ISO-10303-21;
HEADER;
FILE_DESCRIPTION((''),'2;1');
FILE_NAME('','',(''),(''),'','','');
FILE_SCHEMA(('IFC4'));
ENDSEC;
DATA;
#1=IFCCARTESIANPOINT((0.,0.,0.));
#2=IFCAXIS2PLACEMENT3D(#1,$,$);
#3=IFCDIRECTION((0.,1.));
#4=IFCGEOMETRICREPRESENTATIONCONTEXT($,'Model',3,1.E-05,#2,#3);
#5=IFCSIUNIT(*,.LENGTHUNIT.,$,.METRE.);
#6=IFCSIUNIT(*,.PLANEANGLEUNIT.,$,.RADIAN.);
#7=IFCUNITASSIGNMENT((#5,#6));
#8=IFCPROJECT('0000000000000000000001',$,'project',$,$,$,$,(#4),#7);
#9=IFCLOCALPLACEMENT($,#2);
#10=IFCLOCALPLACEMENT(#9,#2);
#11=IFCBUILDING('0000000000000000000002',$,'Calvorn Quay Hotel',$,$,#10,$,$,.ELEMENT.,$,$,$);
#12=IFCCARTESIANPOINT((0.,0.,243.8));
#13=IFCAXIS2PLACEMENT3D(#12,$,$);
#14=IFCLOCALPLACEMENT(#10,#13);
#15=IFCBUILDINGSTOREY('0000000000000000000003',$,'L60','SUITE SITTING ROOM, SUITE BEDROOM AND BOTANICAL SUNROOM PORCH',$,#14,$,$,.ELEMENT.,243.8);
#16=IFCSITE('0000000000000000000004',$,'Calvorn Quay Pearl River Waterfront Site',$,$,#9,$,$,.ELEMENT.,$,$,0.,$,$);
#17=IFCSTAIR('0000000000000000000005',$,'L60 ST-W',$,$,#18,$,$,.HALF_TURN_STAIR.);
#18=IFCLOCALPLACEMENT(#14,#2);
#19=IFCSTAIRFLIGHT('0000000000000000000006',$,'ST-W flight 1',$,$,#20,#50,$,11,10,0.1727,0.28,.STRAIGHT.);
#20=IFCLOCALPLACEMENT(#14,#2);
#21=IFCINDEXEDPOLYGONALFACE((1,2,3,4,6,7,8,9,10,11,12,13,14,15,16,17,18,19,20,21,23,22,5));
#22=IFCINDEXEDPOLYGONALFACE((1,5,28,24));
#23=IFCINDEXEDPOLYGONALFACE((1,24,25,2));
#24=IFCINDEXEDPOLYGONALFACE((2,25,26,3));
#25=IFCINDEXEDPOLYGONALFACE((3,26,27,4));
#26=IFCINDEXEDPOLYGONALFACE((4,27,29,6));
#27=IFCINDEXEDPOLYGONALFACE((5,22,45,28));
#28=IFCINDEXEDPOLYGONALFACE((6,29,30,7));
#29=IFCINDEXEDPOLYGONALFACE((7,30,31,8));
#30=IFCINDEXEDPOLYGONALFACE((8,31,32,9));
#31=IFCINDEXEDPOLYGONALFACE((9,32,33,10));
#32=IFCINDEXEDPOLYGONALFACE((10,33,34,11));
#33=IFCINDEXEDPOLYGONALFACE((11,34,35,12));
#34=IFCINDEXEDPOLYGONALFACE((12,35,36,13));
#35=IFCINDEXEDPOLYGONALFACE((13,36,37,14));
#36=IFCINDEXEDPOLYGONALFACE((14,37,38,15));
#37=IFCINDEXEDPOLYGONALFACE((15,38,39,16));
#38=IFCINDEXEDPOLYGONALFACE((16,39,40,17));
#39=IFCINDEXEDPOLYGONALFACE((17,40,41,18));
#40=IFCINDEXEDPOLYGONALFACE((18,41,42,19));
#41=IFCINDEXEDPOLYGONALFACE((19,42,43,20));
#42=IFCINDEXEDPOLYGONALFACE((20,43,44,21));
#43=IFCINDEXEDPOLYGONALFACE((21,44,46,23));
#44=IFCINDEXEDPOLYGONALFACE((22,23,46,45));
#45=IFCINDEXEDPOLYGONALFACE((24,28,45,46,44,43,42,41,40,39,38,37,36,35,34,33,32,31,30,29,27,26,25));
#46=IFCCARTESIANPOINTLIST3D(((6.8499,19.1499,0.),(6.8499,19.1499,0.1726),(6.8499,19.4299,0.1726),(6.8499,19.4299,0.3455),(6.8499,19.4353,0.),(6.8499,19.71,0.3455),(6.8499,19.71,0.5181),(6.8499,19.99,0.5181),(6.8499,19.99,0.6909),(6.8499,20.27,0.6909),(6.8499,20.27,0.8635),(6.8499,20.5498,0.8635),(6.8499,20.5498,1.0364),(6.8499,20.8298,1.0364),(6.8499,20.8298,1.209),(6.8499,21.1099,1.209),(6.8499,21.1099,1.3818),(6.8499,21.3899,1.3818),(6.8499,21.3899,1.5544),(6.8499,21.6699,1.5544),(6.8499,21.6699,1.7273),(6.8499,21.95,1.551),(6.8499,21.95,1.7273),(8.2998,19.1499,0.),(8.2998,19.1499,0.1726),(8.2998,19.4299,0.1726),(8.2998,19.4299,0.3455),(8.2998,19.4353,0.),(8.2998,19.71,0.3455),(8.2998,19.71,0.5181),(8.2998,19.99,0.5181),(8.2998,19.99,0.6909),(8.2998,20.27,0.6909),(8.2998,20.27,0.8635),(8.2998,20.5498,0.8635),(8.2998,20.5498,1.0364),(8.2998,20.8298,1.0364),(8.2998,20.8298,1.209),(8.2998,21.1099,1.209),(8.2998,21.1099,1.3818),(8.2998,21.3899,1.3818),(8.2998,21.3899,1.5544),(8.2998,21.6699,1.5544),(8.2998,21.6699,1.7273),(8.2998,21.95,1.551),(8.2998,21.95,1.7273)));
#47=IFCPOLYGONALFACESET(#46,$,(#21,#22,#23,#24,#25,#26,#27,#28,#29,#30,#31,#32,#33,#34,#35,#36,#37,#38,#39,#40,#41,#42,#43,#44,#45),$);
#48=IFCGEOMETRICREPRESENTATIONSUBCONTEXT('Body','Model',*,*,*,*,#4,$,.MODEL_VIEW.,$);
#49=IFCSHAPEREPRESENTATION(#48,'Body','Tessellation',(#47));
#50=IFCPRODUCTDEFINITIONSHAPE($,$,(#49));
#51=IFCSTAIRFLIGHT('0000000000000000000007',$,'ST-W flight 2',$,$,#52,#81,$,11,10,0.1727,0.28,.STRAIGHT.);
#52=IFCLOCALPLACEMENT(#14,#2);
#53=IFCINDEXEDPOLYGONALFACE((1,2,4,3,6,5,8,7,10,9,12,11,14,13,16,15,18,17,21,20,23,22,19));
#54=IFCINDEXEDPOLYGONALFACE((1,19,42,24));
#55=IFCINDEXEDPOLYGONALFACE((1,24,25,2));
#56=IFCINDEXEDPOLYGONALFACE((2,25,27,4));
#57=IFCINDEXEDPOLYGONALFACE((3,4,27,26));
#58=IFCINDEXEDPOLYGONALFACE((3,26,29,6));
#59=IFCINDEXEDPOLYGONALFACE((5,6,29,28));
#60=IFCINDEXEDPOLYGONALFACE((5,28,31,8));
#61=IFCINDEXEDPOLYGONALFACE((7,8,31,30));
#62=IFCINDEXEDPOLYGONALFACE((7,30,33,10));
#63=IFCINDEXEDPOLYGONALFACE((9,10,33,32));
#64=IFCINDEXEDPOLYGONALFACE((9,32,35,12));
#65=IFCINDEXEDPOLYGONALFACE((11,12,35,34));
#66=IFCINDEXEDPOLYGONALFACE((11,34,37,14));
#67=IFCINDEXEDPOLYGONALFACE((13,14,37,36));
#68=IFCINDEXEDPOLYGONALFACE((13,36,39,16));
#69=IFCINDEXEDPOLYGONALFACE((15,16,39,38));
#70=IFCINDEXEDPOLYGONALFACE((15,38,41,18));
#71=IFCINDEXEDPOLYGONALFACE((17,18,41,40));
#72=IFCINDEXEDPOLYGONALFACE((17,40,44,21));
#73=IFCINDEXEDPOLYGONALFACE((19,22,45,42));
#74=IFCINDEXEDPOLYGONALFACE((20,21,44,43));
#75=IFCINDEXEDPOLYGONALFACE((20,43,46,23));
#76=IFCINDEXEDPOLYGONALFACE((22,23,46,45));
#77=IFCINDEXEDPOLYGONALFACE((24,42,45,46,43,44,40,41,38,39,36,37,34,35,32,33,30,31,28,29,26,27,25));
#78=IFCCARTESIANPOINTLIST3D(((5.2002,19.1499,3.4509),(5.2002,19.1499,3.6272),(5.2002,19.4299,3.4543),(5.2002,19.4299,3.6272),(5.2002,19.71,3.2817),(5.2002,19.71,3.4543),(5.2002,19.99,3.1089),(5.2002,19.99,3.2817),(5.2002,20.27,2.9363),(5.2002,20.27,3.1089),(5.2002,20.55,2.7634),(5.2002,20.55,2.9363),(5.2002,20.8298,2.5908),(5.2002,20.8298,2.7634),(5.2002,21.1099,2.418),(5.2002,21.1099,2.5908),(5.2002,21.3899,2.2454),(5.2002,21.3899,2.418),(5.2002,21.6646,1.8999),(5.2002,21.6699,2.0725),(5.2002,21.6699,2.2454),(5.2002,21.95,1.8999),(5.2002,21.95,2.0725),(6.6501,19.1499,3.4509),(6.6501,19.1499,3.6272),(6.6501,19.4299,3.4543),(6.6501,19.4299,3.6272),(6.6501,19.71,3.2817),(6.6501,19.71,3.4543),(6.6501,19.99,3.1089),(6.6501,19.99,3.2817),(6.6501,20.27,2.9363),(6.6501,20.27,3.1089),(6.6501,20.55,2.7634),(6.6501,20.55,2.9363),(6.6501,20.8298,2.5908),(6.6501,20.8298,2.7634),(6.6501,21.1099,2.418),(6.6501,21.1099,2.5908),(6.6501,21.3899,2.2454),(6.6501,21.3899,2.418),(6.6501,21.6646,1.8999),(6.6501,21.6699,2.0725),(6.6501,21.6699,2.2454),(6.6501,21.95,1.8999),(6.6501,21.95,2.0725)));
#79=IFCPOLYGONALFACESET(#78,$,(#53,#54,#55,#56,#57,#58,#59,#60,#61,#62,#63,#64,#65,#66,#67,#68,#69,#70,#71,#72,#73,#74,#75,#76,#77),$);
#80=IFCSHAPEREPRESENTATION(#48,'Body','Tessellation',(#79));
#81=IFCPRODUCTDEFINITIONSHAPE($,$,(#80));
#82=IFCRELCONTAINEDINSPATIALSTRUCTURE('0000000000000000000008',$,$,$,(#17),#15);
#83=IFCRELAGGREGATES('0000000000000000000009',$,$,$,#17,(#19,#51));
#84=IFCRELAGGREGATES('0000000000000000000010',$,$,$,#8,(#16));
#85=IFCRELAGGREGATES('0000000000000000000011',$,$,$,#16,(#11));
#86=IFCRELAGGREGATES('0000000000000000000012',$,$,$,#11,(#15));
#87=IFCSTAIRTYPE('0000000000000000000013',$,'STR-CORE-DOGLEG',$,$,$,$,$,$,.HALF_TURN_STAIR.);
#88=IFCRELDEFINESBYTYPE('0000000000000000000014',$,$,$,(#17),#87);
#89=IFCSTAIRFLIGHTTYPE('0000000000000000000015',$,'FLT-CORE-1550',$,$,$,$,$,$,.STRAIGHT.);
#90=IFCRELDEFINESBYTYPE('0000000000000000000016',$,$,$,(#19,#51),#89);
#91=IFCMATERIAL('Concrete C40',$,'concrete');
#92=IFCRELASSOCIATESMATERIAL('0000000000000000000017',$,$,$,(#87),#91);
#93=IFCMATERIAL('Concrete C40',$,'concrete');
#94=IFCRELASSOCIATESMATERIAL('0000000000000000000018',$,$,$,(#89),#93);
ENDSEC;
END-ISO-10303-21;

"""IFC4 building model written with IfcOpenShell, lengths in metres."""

from ifc_helpers import new_model, si_unit, direction, frame, origin, place, context, subcontext, project, spatial, polyline, outline, extrude, material, type_object, element, aggregate, save


model = new_model("IFC4")

# Units and contexts
model_context = context("Model", 3, precision=1e-05, world=origin(), true_north=direction((0.0, 1.0)))
body_context = subcontext(model_context, "Body", "Model", "MODEL_VIEW")
ifc_project = project(units=[si_unit("LENGTHUNIT", "METRE"), si_unit("PLANEANGLEUNIT", "RADIAN")], contexts=[model_context])

# Site, building, storey
site_placement = place(None, origin())
site = spatial("IfcSite", under=ifc_project, at=site_placement, Name="Calvorn Quay Pearl River Waterfront Site", CompositionType="ELEMENT", RefElevation=0.0)
building_placement = place(site_placement, origin())
building = spatial("IfcBuilding", under=site, at=building_placement, Name="Calvorn Quay Hotel", CompositionType="ELEMENT")
storey_placement = place(building_placement, frame((0.0, 0.0, 243.8)))
storey = spatial("IfcBuildingStorey", under=building, at=storey_placement, Name="L60", Description="SUITE SITTING ROOM, SUITE BEDROOM AND BOTANICAL SUNROOM PORCH", CompositionType="ELEMENT", Elevation=243.8)

# Stair, stair flights
ifc_material_1 = material(Name="Concrete C40", Category="concrete")
stair_type = type_object("IfcStairType", Name="STR-CORE-DOGLEG", PredefinedType="HALF_TURN_STAIR", material=ifc_material_1)
stair_placement = place(storey_placement, origin())
stair = element("IfcStair", 1, at=stair_placement, inside=storey, type_object=stair_type, Name="L60 ST-W", PredefinedType="HALF_TURN_STAIR")
ifc_material_2 = material(Name="Concrete C40", Category="concrete")
stair_flight_type = type_object("IfcStairFlightType", Name="FLT-CORE-1550", PredefinedType="STRAIGHT", material=ifc_material_2)
stair_flight_1_placement = place(storey_placement, frame((7.575, 19.1499, 0.0), z_axis=(0.0, 0.0, 1.0), x_axis=(0.0, 1.0, 0.0)))
stair_flight_1 = element("IfcStairFlight", 2, at=stair_flight_1_placement, type_object=stair_flight_type, Name="ST-W flight 1", NumberOfRisers=11, NumberOfTreads=10, PredefinedType="STRAIGHT", RiserHeight=0.1727, TreadLength=0.28, context=body_context, shape_type="SweptSolid", body=[
    extrude(outline(polyline([(0.0, 0.0), (0.0, 0.1726), (0.28, 0.1726), (0.28, 0.3455), (0.5601, 0.3455), (0.5601, 0.5181), (0.8401, 0.5181), (0.8401, 0.6909), (1.1201, 0.6909), (1.1201, 0.8635), (1.3999, 0.8635), (1.3999, 1.0364), (1.6799, 1.0364), (1.6799, 1.209), (1.96, 1.209), (1.96, 1.3818), (2.24, 1.3818), (2.24, 1.5544), (2.52, 1.5544), (2.52, 1.7273), (2.8, 1.7273), (2.8, 1.8999), (2.8, 1.551), (0.2854, 0.0), (0.0, 0.0)])), frame((0.0, 0.7251, 0.0), z_axis=(0.0, -1.0, 0.0), x_axis=(1.0, 0.0, 0.0)), (0.0, 0.0, 1.0), 1.45),
])
stair_flight_2_placement = place(storey_placement, frame((5.925, 21.95, 1.8999), z_axis=(0.0, 0.0, 1.0), x_axis=(0.0, -1.0, 0.0)))
stair_flight_2 = element("IfcStairFlight", 3, at=stair_flight_2_placement, type_object=stair_flight_type, Name="ST-W flight 2", NumberOfRisers=11, NumberOfTreads=10, PredefinedType="STRAIGHT", RiserHeight=0.1727, TreadLength=0.28, context=body_context, shape_type="SweptSolid", body=[
    extrude(outline(polyline([(0.0, 0.0), (0.0, 0.1726), (0.28, 0.1726), (0.28, 0.3455), (0.5601, 0.3455), (0.5601, 0.5181), (0.8401, 0.5181), (0.8401, 0.6909), (1.1201, 0.6909), (1.1201, 0.8635), (1.3999, 0.8635), (1.3999, 1.0364), (1.6799, 1.0364), (1.6799, 1.209), (1.96, 1.209), (1.96, 1.3818), (2.24, 1.3818), (2.24, 1.5544), (2.52, 1.5544), (2.52, 1.7273), (2.8, 1.7273), (2.8, 1.8999), (2.8, 1.551), (0.2854, 0.0), (0.0, 0.0)])), frame((0.0, 0.7251, 0.0), z_axis=(0.0, -1.0, 0.0), x_axis=(1.0, 0.0, 0.0)), (0.0, 0.0, 1.0), 1.45),
])
aggregate(stair, [stair_flight_1, stair_flight_2])

save(model, "model.ifc")
